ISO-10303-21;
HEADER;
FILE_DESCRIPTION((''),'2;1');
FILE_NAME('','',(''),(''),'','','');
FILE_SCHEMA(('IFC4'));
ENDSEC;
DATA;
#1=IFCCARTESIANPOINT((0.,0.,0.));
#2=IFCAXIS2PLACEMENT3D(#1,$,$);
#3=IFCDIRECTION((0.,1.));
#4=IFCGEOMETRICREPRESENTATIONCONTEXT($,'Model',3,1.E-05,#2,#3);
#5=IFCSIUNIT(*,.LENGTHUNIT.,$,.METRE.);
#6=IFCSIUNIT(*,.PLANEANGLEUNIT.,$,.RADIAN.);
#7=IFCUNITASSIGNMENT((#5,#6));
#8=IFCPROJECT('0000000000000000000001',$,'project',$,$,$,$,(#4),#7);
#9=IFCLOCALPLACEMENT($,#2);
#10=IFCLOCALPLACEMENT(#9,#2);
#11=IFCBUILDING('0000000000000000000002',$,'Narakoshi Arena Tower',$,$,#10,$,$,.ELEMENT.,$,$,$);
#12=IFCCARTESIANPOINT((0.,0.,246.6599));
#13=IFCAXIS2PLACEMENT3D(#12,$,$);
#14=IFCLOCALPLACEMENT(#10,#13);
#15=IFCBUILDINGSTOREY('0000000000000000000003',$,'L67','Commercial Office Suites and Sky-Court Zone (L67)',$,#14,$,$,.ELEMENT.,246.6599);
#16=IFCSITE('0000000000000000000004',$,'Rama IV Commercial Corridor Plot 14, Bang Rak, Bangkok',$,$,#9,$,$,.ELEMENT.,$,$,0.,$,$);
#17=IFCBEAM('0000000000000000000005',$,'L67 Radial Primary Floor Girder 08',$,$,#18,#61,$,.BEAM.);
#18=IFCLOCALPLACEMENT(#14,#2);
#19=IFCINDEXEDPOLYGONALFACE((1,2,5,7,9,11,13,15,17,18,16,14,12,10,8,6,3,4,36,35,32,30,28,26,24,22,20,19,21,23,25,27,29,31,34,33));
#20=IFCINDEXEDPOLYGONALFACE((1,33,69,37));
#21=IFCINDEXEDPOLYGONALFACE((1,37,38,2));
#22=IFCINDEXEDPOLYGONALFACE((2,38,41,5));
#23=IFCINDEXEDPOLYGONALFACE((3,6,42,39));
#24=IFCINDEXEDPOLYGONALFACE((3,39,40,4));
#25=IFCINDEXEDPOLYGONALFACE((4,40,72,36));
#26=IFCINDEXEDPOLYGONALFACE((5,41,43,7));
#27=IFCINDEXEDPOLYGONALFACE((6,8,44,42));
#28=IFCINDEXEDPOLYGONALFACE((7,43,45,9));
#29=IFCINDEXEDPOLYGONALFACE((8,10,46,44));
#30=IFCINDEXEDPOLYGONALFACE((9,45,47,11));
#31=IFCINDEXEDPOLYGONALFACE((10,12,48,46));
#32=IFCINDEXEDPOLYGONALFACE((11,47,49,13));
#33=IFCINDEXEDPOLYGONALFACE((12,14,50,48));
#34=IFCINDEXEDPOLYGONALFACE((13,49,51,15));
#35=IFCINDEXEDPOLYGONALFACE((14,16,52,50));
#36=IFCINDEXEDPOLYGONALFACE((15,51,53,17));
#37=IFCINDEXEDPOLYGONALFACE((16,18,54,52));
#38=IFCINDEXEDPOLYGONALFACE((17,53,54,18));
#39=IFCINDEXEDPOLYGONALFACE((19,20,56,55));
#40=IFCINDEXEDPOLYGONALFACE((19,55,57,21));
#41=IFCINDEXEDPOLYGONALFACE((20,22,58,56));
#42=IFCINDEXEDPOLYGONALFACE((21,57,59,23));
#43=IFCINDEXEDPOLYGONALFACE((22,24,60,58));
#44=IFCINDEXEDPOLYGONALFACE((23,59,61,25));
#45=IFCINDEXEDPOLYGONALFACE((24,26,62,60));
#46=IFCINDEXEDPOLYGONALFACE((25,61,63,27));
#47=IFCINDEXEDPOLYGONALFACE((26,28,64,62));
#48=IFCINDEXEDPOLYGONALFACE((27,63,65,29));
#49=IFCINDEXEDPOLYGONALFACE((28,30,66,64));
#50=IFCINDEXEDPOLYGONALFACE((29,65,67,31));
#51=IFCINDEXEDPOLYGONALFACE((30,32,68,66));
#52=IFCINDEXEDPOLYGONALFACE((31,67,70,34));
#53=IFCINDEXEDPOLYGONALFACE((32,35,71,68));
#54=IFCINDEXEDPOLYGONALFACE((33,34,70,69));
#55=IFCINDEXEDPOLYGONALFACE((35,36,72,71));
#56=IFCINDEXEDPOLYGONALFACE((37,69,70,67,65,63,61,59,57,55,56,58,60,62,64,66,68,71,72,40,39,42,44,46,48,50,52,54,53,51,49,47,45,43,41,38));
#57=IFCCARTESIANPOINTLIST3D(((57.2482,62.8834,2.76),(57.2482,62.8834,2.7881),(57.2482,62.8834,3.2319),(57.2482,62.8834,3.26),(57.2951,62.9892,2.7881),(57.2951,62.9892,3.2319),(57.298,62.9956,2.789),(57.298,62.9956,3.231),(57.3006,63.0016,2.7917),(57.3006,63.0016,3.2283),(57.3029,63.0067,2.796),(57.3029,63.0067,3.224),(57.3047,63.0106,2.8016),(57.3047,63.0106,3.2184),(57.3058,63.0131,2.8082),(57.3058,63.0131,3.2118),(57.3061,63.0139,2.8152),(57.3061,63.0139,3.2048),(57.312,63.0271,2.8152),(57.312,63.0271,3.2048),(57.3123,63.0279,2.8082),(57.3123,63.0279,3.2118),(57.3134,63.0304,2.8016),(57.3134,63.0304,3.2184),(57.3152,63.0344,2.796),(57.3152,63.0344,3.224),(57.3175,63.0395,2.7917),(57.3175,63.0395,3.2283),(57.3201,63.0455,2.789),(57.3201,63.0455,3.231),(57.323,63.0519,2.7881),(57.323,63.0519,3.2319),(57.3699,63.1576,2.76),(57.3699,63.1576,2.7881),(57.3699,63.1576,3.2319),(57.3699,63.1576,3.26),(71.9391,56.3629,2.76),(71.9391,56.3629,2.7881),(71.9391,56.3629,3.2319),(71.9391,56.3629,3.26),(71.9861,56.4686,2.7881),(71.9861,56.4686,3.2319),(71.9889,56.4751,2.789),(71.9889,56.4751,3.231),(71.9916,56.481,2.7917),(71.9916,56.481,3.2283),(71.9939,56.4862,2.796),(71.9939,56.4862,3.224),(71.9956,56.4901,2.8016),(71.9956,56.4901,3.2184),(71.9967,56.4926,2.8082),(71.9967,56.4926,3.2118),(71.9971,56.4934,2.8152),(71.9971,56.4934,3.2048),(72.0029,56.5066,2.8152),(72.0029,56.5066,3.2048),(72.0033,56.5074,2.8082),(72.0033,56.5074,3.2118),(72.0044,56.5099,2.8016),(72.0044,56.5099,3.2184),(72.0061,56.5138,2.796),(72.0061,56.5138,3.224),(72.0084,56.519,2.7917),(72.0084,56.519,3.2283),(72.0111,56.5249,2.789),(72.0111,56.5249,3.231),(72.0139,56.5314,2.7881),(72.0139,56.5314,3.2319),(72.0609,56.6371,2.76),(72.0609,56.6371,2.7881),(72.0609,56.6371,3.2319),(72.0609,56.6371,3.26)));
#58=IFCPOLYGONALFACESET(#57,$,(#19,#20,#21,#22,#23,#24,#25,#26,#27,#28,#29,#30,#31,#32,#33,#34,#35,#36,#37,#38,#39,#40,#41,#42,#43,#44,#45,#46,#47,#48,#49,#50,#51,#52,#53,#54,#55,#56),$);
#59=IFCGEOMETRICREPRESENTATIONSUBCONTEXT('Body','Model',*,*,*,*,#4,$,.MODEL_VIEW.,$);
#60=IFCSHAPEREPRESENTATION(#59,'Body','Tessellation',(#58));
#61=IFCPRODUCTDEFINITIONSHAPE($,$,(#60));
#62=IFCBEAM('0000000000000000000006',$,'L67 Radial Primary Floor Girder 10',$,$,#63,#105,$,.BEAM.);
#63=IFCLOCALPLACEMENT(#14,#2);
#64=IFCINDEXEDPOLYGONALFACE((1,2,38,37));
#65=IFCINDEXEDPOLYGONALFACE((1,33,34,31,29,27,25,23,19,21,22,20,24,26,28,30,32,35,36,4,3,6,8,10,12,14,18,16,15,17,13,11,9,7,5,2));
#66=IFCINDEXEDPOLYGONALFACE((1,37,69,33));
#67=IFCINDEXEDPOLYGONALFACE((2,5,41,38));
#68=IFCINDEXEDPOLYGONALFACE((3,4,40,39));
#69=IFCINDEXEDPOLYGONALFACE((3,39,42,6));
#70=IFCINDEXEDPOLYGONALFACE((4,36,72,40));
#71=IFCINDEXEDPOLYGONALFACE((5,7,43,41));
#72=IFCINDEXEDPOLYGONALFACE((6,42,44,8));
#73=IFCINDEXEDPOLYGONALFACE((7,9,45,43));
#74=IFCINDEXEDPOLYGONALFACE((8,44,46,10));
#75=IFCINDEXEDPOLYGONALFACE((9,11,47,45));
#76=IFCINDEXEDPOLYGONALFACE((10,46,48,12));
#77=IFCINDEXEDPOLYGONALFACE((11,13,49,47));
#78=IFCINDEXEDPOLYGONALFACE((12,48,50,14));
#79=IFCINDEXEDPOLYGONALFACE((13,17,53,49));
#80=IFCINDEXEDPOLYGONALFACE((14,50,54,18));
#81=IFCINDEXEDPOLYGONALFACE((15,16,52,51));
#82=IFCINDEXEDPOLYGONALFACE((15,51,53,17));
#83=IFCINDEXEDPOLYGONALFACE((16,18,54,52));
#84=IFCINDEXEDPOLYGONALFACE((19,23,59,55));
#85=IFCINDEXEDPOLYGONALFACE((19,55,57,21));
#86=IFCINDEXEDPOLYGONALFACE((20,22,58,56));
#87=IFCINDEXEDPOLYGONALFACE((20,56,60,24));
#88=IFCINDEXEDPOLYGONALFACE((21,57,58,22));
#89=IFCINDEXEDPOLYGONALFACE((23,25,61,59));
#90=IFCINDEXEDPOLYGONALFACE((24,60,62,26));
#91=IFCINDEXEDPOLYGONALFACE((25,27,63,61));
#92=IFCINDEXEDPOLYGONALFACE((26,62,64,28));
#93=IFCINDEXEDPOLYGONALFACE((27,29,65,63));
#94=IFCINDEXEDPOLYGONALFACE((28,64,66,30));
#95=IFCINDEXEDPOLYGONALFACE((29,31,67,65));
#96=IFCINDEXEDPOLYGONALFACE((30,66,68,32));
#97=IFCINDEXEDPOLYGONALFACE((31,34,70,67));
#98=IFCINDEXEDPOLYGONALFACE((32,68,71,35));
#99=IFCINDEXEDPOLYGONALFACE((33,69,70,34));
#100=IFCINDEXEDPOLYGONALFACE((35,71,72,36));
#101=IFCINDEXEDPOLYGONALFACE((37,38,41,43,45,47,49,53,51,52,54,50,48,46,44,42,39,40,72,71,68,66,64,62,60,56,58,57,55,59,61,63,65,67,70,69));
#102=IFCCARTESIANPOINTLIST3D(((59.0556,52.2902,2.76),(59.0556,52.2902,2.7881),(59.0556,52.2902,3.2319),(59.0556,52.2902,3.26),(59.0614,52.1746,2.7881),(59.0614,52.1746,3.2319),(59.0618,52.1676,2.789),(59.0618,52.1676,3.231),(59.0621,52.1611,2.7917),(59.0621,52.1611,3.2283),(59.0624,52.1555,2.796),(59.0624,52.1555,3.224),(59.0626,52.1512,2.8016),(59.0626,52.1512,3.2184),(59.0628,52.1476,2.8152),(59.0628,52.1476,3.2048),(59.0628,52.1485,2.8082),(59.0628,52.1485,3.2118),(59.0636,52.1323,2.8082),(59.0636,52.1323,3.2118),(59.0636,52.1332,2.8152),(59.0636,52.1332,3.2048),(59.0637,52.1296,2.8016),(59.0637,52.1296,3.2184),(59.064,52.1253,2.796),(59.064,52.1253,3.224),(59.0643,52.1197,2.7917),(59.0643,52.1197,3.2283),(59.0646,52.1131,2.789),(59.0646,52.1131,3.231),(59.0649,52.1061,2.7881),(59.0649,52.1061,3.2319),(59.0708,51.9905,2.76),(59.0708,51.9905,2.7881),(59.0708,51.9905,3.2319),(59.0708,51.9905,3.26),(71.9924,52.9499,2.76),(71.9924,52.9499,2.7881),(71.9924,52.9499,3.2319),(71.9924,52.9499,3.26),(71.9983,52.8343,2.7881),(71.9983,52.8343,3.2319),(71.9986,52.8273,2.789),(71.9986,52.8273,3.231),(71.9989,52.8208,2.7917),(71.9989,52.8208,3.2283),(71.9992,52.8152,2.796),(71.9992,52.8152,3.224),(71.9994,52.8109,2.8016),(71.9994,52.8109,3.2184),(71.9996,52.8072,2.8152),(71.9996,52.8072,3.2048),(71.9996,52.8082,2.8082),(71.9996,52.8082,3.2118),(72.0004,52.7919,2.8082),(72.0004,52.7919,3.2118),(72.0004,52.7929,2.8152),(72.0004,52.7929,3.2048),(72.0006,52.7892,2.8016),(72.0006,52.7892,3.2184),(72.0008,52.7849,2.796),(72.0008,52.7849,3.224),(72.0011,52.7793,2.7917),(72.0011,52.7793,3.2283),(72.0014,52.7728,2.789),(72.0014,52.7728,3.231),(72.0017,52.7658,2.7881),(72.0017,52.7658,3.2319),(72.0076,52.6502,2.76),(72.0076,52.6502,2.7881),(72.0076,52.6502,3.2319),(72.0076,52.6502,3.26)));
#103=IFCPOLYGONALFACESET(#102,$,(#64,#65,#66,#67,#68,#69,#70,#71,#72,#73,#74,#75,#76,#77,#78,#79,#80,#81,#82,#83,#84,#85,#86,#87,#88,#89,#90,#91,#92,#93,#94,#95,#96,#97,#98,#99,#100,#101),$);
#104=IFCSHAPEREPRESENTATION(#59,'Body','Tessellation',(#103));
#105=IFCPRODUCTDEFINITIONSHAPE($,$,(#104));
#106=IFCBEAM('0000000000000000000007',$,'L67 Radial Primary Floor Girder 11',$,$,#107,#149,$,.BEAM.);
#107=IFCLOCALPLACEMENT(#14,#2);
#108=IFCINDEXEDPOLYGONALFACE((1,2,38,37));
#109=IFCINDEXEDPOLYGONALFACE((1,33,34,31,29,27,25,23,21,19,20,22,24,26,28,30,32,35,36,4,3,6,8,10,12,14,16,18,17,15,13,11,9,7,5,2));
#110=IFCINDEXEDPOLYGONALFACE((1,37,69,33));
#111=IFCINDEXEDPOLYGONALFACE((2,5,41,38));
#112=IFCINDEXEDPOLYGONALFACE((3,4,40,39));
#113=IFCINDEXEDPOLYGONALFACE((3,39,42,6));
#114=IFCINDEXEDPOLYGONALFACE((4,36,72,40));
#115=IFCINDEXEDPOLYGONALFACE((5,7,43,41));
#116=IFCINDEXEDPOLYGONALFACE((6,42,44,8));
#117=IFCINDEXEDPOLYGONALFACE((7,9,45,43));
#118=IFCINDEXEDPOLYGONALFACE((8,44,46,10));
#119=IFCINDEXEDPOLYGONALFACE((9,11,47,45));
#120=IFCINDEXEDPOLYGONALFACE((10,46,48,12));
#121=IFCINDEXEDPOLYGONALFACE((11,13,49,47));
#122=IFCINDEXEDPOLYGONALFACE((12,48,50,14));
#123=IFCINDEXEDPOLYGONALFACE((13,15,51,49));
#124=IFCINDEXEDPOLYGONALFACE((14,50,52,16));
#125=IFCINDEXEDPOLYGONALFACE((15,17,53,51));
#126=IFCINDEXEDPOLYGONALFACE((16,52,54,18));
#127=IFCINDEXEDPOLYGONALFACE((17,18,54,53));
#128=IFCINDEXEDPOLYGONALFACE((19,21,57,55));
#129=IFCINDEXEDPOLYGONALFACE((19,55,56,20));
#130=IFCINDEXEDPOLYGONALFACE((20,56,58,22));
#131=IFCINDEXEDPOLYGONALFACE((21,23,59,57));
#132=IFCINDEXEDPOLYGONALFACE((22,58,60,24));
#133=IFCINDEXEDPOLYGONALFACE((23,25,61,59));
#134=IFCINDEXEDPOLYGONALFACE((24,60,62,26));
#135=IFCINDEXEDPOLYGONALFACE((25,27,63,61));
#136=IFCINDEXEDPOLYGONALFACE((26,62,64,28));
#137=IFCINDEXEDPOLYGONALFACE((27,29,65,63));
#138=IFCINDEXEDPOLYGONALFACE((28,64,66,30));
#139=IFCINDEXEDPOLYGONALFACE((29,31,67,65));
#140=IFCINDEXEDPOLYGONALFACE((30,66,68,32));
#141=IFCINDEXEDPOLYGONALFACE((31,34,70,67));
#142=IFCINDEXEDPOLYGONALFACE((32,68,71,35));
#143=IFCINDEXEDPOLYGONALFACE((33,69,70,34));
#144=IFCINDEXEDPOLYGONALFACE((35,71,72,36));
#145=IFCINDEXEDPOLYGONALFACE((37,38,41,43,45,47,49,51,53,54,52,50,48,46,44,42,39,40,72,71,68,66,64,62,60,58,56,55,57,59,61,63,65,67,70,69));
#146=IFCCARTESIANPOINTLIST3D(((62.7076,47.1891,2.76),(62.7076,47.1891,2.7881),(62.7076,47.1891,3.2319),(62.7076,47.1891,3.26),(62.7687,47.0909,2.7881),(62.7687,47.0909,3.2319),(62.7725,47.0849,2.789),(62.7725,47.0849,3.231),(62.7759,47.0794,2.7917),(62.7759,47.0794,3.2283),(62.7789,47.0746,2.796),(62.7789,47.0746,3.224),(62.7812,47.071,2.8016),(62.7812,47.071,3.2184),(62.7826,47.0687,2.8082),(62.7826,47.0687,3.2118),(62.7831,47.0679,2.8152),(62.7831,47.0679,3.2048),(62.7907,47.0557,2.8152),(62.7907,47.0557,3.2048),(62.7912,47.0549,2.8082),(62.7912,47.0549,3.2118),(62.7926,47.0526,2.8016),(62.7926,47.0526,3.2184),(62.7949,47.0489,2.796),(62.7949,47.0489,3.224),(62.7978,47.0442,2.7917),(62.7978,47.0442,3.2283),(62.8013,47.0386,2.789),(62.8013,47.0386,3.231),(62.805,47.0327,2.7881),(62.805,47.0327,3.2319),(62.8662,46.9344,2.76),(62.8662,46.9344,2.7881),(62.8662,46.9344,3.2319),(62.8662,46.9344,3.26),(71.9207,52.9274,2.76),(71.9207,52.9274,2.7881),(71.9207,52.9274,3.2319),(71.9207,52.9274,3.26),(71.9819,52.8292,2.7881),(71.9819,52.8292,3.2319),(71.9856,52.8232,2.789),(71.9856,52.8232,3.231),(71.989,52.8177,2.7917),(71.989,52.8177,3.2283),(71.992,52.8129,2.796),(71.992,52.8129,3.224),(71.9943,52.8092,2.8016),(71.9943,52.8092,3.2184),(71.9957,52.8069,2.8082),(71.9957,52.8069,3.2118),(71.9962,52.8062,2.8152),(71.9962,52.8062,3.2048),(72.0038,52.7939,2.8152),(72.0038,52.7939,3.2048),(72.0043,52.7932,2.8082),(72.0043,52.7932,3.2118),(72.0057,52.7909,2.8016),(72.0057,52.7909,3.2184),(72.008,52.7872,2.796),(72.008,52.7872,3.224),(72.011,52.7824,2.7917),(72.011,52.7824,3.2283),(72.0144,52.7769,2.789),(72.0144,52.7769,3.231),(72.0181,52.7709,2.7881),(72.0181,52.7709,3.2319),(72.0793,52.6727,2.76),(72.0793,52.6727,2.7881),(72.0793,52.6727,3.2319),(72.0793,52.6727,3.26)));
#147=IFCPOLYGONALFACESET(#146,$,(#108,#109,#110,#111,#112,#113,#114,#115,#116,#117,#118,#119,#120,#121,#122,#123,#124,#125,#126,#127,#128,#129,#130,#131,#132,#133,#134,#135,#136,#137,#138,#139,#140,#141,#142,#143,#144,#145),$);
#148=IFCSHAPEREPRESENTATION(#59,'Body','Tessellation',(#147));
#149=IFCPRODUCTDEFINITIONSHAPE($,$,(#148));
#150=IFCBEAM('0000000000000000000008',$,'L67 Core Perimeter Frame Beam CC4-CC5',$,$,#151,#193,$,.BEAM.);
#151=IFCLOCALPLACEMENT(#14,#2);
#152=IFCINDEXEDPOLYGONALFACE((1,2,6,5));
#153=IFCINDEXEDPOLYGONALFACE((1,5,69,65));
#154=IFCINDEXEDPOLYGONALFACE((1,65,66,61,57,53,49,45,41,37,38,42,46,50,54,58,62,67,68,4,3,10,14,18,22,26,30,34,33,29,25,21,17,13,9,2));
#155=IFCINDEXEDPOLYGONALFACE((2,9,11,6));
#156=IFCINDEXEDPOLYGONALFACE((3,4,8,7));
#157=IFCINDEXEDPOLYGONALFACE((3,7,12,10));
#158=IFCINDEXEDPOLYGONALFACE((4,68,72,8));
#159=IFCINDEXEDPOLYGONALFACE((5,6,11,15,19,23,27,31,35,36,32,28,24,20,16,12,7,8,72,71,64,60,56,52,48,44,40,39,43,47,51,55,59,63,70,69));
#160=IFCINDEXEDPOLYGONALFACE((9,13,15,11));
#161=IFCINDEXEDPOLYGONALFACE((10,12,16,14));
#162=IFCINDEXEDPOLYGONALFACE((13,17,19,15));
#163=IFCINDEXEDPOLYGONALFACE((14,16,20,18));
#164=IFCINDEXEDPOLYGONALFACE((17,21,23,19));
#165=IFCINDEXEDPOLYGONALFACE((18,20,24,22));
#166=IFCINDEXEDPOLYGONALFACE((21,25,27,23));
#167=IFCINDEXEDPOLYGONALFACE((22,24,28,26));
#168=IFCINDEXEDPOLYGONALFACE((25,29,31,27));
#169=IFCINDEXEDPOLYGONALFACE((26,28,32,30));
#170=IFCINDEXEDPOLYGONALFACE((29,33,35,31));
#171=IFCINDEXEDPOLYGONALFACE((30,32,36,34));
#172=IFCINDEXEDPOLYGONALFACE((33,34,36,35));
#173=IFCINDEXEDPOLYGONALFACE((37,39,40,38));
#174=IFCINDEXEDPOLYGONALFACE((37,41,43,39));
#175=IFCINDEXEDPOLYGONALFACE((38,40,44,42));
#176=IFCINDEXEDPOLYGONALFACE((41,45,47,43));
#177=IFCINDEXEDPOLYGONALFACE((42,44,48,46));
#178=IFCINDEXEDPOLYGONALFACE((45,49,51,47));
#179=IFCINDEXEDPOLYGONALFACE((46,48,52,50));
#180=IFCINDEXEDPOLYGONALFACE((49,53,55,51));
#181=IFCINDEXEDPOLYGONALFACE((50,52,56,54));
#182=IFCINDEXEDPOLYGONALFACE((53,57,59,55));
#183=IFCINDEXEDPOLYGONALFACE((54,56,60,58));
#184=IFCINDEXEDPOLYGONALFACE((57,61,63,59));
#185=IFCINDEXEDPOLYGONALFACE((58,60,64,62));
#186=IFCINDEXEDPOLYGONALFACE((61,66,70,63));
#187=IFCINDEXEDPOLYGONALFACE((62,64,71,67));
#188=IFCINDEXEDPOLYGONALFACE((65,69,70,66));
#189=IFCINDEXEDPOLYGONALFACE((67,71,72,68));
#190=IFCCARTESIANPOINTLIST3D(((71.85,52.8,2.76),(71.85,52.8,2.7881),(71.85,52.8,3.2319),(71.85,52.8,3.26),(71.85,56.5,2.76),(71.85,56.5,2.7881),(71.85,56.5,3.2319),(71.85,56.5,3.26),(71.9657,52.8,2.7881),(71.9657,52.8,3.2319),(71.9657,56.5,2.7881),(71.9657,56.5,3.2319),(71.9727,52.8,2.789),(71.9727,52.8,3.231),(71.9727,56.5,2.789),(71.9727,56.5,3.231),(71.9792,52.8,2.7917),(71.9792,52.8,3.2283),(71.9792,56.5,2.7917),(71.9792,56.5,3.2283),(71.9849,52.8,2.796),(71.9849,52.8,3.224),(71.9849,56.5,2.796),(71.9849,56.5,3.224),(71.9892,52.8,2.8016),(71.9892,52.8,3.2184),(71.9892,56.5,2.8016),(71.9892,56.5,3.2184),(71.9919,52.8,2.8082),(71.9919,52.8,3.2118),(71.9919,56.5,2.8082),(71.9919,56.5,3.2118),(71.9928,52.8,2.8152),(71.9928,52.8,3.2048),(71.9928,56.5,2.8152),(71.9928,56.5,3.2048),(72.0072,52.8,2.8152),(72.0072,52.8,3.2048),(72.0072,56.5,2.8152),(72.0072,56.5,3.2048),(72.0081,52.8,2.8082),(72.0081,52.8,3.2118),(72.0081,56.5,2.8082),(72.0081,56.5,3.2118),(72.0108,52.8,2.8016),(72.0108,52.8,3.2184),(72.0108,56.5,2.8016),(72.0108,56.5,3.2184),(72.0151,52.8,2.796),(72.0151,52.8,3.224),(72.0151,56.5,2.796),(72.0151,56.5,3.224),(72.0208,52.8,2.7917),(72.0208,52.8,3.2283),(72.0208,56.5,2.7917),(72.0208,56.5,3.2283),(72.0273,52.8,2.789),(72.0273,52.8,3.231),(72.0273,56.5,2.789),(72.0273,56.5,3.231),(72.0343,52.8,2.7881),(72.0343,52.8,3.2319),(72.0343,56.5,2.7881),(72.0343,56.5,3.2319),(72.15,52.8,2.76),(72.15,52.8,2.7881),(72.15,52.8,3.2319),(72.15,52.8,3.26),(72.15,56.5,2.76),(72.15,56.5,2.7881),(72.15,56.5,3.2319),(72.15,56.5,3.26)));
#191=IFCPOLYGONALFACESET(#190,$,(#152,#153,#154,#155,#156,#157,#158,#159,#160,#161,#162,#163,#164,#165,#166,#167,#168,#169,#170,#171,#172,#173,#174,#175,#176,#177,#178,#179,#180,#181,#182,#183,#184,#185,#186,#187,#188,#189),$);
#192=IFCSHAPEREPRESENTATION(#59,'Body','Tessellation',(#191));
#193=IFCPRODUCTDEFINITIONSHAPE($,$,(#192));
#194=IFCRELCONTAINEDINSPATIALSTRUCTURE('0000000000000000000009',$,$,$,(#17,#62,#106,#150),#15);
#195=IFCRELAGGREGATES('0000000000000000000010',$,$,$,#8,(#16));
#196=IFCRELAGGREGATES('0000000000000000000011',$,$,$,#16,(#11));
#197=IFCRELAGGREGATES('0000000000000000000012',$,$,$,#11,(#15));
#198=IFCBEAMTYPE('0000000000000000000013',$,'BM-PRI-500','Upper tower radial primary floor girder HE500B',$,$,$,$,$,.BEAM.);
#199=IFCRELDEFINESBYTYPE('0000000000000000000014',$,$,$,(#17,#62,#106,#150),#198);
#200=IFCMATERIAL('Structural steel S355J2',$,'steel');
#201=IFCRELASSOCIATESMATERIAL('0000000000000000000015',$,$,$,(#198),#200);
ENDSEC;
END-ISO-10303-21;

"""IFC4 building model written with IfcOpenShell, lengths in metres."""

from ifc_helpers import new_model, si_unit, direction, frame, origin, origin_2d, place, context, subcontext, project, spatial, i_section, extrude, material, material_profile, profile_set, type_object, element, save


model = new_model("IFC4")

# Units and contexts
model_context = context("Model", 3, precision=1e-05, world=origin(), true_north=direction((0.0, 1.0)))
body_context = subcontext(model_context, "Body", "Model", "MODEL_VIEW")
ifc_project = project(units=[si_unit("LENGTHUNIT", "METRE"), si_unit("PLANEANGLEUNIT", "RADIAN")], contexts=[model_context])

# Site, building, storey
site_placement = place(None, origin())
site = spatial("IfcSite", under=ifc_project, at=site_placement, Name="Rama IV Commercial Corridor Plot 14, Bang Rak, Bangkok", CompositionType="ELEMENT", RefElevation=0.0)
building_placement = place(site_placement, origin())
building = spatial("IfcBuilding", under=site, at=building_placement, Name="Narakoshi Arena Tower", CompositionType="ELEMENT")
storey_placement = place(building_placement, frame((0.0, 0.0, 246.6599)))
storey = spatial("IfcBuildingStorey", under=building, at=storey_placement, Name="L67", Description="Commercial Office Suites and Sky-Court Zone (L67)", CompositionType="ELEMENT", Elevation=246.6599)

# Beams
ifc_material_1 = material(Name="Structural steel S355J2", Category="steel")
ifc_material_profile = material_profile(ifc_material_1, i_section(OverallWidth=0.3, OverallDepth=0.5, WebThickness=0.0144, FlangeThickness=0.0281, FilletRadius=0.0271, at=origin_2d()), Name="HE500B")
ifc_profile_set = profile_set([ifc_material_profile], Name="Structural steel S355J2")
beam_type = type_object("IfcBeamType", Name="BM-PRI-500", Description="Upper tower radial primary floor girder HE500B", PredefinedType="BEAM", material=ifc_profile_set)
beam_1_placement = place(storey_placement, frame((72.0, 56.5, 3.01), z_axis=(-0.914014, 0.405682, 0.0), x_axis=(-0.405682, -0.914014, 0.0)))
element("IfcBeam", 1, at=beam_1_placement, inside=storey, type_object=beam_type, Name="L67 Radial Primary Floor Girder 08", PredefinedType="BEAM", context=body_context, shape_type="SweptSolid", body=[
    extrude(i_section(OverallWidth=0.3, OverallDepth=0.5, WebThickness=0.0144, FlangeThickness=0.0281, FilletRadius=0.0271, at=origin_2d()), origin(), (0.0, 0.0, 1.0), 16.073),
])
beam_2_placement = place(storey_placement, frame((72.0, 52.8, 3.01), z_axis=(-0.998702, -0.050926, 0.0), x_axis=(0.050926, -0.998702, 0.0)))
element("IfcBeam", 2, at=beam_2_placement, inside=storey, type_object=beam_type, Name="L67 Radial Primary Floor Girder 10", PredefinedType="BEAM", context=body_context, shape_type="SweptSolid", body=[
    extrude(i_section(OverallWidth=0.3, OverallDepth=0.5, WebThickness=0.0144, FlangeThickness=0.0281, FilletRadius=0.0271, at=origin_2d()), origin(), (0.0, 0.0, 1.0), 12.9536),
])
beam_3_placement = place(storey_placement, frame((72.0, 52.8, 3.01), z_axis=(-0.848822, -0.528678, 0.0), x_axis=(0.528678, -0.848822, 0.0)))
element("IfcBeam", 3, at=beam_3_placement, inside=storey, type_object=beam_type, Name="L67 Radial Primary Floor Girder 11", PredefinedType="BEAM", context=body_context, shape_type="SweptSolid", body=[
    extrude(i_section(OverallWidth=0.3, OverallDepth=0.5, WebThickness=0.0144, FlangeThickness=0.0281, FilletRadius=0.0271, at=origin_2d()), origin(), (0.0, 0.0, 1.0), 10.854),
])
beam_4_placement = place(storey_placement, frame((72.0, 52.8, 3.01), z_axis=(0.0, 1.0, 0.0), x_axis=(-1.0, 0.0, 0.0)))
element("IfcBeam", 4, at=beam_4_placement, inside=storey, type_object=beam_type, Name="L67 Core Perimeter Frame Beam CC4-CC5", PredefinedType="BEAM", context=body_context, shape_type="SweptSolid", body=[
    extrude(i_section(OverallWidth=0.3, OverallDepth=0.5, WebThickness=0.0144, FlangeThickness=0.0281, FilletRadius=0.0271, at=origin_2d()), origin(), (0.0, 0.0, 1.0), 3.7),
])

save(model, "model.ifc")
